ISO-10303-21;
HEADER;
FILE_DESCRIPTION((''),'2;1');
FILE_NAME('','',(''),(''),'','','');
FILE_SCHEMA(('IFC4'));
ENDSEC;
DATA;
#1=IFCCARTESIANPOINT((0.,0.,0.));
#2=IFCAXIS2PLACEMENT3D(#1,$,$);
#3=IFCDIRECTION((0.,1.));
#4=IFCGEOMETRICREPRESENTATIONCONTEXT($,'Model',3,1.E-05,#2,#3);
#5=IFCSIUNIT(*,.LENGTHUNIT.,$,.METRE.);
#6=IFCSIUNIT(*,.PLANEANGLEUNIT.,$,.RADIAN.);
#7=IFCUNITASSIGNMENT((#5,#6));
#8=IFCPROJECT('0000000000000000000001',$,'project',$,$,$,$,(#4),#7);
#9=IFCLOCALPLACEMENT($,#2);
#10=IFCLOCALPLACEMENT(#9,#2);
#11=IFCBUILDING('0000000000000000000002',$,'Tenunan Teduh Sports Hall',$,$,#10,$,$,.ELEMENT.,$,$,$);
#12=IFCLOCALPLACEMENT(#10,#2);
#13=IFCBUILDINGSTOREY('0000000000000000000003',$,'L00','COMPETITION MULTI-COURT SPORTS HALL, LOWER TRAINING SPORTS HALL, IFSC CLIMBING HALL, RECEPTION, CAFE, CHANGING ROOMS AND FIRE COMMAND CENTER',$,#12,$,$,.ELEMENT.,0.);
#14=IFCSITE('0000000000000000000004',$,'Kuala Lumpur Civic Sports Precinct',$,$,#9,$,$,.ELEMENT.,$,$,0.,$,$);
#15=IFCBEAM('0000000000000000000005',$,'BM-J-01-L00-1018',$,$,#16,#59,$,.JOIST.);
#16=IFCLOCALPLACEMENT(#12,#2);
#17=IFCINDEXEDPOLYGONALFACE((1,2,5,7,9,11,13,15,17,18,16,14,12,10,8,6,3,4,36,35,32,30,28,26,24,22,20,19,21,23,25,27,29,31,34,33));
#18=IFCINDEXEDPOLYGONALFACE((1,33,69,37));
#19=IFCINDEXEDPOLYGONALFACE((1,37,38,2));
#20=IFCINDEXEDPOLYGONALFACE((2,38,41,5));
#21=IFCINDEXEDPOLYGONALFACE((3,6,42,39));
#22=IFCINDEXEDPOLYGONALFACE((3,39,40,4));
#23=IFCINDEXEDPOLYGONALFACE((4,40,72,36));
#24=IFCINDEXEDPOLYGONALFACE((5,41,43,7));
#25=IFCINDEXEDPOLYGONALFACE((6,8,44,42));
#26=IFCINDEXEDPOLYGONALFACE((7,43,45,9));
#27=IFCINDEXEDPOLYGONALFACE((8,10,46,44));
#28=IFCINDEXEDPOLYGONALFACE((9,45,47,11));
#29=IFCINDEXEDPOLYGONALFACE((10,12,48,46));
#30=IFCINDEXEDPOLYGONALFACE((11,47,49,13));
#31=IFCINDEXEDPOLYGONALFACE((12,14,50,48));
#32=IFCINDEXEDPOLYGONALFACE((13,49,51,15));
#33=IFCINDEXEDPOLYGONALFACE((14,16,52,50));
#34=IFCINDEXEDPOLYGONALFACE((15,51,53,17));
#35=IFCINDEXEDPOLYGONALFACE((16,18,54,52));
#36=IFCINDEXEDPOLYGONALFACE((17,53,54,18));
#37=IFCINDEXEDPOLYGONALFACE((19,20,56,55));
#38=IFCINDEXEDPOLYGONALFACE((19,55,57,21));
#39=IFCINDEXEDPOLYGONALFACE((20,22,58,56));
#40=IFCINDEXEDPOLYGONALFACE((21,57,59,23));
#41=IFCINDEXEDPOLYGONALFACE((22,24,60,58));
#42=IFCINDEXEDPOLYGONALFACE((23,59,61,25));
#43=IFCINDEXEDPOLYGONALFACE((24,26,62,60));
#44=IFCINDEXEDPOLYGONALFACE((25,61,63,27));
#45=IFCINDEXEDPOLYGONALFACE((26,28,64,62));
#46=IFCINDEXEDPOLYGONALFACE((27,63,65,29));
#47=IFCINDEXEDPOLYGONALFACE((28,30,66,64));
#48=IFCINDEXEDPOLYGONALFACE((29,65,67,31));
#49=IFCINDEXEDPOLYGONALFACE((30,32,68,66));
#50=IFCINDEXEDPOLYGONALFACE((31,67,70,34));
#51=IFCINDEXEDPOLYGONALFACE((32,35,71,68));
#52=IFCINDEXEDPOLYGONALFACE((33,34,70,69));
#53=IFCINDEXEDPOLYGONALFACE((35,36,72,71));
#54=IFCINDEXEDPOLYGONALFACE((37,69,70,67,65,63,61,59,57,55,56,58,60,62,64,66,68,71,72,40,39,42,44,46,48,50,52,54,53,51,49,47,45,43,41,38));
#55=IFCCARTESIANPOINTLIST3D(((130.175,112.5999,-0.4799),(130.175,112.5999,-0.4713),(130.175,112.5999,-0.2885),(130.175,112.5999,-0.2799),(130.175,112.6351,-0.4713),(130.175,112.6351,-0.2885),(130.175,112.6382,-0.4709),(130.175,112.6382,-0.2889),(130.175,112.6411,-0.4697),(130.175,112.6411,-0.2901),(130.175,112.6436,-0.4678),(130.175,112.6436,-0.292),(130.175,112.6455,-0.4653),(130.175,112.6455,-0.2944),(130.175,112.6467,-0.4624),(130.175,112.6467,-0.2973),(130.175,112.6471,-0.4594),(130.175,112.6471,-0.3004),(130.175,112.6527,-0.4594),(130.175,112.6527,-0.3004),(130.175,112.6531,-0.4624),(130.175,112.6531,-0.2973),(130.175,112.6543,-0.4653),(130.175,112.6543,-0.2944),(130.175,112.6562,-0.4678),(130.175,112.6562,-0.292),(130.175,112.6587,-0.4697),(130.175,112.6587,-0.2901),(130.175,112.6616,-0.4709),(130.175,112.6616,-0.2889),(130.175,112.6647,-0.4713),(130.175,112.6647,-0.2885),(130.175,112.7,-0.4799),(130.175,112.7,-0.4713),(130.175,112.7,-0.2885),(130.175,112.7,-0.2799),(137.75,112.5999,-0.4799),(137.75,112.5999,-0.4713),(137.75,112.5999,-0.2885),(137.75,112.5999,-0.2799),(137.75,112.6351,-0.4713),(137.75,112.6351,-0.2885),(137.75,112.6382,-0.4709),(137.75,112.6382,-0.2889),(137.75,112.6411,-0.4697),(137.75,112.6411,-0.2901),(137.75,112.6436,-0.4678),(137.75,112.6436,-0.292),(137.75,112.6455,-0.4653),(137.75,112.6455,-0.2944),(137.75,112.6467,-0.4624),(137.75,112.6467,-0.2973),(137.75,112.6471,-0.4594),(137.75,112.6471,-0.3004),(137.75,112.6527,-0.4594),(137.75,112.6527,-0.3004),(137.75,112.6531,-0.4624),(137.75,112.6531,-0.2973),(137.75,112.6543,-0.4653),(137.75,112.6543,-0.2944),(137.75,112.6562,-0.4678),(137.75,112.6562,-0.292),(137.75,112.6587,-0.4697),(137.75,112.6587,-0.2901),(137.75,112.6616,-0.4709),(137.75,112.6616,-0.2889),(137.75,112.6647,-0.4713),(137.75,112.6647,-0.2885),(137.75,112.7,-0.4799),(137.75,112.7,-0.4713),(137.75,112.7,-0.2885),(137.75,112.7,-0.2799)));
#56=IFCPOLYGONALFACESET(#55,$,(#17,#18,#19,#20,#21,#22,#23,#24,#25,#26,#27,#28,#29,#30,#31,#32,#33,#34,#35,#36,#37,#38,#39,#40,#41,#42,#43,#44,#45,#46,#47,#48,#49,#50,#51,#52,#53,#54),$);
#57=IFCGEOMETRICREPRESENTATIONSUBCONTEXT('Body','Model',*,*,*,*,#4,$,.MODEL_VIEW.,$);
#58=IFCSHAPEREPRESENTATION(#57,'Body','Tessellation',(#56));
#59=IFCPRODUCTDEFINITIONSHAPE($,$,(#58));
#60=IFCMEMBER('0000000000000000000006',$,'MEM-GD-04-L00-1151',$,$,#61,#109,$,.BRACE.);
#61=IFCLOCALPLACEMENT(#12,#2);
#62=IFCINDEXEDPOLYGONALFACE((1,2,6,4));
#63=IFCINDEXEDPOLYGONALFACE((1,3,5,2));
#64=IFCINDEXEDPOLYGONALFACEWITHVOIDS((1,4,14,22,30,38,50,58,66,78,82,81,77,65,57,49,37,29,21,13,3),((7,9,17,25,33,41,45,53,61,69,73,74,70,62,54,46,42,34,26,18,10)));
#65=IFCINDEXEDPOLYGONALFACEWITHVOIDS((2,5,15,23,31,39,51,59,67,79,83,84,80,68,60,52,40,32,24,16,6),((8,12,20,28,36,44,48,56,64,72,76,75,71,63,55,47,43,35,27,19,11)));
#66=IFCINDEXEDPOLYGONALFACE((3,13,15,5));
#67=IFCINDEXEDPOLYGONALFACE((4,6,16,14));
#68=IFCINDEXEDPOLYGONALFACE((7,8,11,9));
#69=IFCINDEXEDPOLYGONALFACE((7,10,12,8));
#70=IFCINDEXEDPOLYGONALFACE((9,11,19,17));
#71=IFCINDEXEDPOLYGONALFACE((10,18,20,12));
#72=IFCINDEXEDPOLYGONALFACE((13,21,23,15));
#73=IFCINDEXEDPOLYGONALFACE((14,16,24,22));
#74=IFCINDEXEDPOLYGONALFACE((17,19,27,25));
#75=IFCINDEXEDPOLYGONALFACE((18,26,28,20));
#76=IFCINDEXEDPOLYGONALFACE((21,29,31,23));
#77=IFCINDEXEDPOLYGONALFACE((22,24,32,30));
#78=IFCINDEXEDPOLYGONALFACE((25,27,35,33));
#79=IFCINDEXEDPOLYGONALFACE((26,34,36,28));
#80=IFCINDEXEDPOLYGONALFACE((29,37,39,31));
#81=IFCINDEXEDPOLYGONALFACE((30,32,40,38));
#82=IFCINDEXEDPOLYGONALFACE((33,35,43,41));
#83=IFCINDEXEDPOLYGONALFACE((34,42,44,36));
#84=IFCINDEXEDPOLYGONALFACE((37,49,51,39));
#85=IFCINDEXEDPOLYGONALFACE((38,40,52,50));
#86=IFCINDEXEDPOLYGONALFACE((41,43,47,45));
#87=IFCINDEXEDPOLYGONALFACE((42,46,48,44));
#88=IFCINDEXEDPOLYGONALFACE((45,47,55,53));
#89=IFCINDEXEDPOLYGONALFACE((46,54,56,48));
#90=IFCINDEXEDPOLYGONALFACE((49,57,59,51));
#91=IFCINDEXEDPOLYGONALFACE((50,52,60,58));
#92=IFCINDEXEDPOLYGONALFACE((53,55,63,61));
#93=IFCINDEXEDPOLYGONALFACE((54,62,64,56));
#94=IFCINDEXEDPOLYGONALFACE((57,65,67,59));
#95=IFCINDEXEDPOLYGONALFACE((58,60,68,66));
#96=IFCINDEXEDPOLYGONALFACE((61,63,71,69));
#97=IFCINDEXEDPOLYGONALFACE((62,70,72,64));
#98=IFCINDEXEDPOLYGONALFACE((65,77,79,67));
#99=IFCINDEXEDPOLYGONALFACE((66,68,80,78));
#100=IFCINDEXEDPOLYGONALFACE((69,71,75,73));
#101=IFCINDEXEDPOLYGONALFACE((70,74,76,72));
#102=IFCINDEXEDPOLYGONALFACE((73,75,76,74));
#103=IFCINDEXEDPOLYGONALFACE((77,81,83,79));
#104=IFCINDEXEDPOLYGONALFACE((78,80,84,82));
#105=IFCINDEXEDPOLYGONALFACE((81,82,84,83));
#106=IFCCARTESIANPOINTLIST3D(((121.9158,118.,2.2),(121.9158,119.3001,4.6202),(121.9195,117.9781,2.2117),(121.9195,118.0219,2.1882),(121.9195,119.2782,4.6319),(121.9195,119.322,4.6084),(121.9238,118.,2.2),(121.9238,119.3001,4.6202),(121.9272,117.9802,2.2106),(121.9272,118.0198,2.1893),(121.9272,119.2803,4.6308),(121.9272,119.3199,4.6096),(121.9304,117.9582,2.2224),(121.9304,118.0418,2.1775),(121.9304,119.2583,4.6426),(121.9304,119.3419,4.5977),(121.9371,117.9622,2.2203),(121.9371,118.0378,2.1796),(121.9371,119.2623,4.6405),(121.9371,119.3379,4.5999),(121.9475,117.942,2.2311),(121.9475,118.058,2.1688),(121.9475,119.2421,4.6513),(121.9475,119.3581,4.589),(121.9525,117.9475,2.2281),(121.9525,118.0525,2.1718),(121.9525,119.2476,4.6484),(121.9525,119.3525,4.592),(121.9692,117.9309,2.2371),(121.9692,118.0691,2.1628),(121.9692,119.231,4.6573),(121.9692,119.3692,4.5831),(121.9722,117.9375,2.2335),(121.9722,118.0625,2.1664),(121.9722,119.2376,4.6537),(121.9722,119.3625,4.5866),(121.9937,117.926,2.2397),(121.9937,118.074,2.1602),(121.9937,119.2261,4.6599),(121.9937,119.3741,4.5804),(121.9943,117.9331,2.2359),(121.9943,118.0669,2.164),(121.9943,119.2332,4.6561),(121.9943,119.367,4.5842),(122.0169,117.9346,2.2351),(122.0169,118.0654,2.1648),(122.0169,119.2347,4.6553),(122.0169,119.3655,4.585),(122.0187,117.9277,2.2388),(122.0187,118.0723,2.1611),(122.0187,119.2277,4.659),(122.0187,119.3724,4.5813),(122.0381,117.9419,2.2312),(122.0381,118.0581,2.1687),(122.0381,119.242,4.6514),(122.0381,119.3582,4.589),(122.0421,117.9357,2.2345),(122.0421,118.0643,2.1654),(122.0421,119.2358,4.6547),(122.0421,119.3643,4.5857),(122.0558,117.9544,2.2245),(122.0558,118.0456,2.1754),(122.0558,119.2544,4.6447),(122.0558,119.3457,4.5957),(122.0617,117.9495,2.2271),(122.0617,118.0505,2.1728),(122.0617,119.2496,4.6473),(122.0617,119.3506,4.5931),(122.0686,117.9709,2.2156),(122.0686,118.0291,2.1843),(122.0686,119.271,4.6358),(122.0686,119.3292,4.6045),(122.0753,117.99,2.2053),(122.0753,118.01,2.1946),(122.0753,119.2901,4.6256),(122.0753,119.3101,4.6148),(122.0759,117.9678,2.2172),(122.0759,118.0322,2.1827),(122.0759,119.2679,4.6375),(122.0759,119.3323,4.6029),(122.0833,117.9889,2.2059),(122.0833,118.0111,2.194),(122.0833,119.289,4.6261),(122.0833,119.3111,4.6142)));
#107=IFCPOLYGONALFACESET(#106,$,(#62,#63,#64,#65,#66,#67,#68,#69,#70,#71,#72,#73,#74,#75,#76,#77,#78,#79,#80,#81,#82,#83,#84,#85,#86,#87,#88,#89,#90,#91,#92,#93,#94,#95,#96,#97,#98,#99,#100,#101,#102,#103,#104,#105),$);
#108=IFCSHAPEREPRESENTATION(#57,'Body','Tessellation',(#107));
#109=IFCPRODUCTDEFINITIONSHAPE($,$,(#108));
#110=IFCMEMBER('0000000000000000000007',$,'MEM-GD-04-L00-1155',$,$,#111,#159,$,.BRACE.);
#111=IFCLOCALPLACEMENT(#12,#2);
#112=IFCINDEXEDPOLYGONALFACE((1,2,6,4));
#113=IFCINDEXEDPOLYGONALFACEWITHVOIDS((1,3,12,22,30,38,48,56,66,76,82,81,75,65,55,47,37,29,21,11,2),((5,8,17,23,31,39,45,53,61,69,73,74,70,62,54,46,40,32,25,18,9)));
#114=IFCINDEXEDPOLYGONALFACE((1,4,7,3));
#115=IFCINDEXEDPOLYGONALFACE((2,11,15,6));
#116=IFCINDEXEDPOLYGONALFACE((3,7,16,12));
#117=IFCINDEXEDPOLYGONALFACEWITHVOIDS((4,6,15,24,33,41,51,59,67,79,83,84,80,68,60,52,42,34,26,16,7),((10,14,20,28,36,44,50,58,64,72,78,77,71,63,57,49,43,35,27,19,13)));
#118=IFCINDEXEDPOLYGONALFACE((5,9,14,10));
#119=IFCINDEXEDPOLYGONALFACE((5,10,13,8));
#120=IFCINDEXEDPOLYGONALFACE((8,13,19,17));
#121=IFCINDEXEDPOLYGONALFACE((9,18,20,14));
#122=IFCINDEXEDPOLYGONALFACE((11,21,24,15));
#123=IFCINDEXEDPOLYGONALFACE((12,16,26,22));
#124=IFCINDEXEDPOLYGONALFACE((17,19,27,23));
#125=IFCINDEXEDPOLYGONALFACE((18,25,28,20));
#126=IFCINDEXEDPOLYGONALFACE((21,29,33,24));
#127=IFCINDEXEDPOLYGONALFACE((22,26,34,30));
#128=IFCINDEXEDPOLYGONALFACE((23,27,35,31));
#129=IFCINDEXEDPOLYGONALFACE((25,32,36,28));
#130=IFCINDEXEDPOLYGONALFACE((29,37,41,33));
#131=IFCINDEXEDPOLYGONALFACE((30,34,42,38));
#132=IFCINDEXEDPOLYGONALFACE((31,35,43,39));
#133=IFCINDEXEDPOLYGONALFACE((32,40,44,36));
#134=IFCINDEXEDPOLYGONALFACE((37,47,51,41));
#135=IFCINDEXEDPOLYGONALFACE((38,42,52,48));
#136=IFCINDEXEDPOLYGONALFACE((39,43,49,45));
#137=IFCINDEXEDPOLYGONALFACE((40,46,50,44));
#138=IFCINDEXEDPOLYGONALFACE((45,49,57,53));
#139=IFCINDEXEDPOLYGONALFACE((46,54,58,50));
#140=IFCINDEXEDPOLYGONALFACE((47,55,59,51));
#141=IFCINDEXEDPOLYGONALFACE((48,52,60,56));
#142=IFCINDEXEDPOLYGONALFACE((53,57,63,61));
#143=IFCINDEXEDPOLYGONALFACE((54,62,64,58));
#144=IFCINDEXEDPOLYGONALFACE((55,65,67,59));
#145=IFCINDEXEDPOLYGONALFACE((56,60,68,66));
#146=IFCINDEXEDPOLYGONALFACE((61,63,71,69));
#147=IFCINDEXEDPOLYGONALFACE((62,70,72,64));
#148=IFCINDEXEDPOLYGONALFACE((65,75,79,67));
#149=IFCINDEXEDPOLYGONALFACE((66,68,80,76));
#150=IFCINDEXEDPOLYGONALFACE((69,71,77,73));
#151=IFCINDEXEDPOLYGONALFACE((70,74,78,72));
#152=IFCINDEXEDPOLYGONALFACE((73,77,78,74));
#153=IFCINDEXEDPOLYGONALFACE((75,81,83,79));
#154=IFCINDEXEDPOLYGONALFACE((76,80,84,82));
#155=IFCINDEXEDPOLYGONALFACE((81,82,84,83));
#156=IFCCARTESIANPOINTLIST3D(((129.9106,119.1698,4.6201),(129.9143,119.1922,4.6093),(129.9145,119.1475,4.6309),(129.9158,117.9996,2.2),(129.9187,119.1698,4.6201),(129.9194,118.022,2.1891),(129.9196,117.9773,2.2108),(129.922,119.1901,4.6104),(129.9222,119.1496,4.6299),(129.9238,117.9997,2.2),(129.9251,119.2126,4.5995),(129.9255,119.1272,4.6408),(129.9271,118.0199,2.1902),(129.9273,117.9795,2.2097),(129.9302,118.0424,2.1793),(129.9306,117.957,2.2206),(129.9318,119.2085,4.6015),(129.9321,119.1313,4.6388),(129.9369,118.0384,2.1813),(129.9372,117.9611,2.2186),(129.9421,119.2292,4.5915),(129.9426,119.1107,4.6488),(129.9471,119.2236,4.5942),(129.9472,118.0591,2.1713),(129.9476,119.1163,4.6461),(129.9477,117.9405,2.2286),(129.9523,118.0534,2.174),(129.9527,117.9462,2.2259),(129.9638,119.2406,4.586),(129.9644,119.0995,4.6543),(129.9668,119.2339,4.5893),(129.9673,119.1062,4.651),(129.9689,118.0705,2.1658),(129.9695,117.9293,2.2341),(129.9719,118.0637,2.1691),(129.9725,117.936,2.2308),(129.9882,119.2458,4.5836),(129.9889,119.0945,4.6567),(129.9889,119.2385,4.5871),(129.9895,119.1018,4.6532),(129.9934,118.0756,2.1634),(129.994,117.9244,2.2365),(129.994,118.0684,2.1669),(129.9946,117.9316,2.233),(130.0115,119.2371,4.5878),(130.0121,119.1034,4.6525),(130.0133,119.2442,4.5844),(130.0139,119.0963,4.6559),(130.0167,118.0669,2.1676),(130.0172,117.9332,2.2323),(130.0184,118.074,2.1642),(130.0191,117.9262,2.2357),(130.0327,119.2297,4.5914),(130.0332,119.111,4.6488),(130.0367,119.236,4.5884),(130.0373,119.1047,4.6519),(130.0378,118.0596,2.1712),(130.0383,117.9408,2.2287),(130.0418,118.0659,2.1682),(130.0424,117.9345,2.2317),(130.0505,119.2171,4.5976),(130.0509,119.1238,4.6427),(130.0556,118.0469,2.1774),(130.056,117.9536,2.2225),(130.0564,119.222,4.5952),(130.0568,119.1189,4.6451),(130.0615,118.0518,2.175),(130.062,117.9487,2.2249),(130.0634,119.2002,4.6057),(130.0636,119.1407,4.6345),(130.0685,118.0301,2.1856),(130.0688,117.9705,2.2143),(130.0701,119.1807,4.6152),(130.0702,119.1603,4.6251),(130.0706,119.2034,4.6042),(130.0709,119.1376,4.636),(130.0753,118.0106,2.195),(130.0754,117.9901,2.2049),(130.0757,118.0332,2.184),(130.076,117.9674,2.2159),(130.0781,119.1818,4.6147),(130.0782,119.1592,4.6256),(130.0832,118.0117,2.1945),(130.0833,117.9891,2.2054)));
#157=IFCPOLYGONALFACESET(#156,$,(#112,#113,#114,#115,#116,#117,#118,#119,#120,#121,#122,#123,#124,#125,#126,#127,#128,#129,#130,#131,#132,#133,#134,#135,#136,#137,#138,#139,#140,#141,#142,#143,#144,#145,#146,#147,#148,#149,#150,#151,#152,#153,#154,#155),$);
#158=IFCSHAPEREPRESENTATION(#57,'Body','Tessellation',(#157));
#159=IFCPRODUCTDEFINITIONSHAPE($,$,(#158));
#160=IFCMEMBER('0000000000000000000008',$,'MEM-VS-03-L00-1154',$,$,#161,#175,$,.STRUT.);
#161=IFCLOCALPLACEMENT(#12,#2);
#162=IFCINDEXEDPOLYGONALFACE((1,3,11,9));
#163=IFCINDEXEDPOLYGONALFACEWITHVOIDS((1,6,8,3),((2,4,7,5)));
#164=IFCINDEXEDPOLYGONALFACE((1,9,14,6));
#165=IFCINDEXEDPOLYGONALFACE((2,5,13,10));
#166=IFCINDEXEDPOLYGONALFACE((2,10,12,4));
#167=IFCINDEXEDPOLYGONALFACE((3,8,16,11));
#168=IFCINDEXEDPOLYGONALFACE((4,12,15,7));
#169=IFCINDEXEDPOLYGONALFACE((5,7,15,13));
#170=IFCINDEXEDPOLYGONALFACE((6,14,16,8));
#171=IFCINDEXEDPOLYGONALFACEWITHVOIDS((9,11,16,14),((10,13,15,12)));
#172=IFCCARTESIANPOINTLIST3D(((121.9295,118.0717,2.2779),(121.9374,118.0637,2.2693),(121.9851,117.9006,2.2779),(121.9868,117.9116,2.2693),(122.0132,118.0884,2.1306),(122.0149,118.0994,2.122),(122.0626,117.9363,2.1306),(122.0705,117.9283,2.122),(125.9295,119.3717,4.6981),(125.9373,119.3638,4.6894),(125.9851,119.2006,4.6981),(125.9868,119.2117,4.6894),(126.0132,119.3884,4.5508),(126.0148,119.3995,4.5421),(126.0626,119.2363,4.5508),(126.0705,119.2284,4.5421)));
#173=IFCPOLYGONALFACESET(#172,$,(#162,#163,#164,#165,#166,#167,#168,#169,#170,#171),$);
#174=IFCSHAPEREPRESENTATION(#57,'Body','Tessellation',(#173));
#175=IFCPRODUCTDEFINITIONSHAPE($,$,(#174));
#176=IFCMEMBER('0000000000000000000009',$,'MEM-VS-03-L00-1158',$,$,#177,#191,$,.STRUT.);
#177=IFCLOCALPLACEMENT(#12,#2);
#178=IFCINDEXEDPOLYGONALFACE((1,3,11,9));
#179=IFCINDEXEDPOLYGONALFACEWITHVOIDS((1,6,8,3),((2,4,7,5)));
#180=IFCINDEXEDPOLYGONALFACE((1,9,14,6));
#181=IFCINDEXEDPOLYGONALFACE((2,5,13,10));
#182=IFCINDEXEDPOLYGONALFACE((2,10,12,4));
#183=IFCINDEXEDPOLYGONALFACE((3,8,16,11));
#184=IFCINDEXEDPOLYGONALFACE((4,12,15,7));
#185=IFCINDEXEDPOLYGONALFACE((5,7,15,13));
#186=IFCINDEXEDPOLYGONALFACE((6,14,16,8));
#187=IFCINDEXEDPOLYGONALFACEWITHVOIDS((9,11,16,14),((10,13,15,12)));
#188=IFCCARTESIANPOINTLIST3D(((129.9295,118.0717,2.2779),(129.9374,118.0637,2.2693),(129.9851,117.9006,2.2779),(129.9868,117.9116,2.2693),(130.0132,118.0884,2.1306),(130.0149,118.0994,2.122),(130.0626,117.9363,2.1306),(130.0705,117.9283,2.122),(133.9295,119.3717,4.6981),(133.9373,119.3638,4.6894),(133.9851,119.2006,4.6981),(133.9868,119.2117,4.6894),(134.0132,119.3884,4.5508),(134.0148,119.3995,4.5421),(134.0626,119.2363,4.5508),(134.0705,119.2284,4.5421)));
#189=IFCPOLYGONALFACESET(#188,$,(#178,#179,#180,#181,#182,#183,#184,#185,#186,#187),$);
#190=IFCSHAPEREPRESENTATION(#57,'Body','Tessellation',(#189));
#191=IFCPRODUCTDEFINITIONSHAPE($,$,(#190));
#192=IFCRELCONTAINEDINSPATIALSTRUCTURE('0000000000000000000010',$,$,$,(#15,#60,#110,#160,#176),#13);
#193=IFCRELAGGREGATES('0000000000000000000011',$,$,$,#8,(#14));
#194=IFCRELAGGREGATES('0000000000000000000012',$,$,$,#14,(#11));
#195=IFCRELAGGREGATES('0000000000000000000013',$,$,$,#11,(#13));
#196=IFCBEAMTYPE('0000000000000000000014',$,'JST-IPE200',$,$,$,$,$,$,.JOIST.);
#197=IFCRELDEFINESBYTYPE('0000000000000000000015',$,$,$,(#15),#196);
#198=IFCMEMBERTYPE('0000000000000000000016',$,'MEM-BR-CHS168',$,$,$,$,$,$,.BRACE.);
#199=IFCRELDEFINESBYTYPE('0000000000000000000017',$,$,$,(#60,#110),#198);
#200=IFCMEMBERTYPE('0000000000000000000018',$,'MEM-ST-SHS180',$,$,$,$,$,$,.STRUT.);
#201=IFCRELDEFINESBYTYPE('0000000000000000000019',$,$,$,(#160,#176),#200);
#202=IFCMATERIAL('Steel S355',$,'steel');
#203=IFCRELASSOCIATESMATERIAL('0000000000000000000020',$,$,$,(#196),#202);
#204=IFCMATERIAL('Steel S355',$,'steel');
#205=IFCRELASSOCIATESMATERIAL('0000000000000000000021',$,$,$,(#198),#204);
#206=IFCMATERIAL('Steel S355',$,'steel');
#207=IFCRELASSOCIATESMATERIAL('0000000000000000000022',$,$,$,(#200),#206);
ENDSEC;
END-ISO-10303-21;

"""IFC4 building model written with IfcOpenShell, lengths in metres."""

from ifc_helpers import new_model, si_unit, direction, frame, origin, origin_2d, place, context, subcontext, project, spatial, hollow_rectangle, hollow_circle, i_section, extrude, material, material_profile, profile_set, type_object, element, save


model = new_model("IFC4")

# Units and contexts
model_context = context("Model", 3, precision=1e-05, world=origin(), true_north=direction((0.0, 1.0)))
body_context = subcontext(model_context, "Body", "Model", "MODEL_VIEW")
ifc_project = project(units=[si_unit("LENGTHUNIT", "METRE"), si_unit("PLANEANGLEUNIT", "RADIAN")], contexts=[model_context])

# Site, building, storey
site_placement = place(None, origin())
site = spatial("IfcSite", under=ifc_project, at=site_placement, Name="Kuala Lumpur Civic Sports Precinct", CompositionType="ELEMENT", RefElevation=0.0)
building_placement = place(site_placement, origin())
building = spatial("IfcBuilding", under=site, at=building_placement, Name="Tenunan Teduh Sports Hall", CompositionType="ELEMENT")
storey_placement = place(building_placement, origin())
storey = spatial("IfcBuildingStorey", under=building, at=storey_placement, Name="L00", Description="COMPETITION MULTI-COURT SPORTS HALL, LOWER TRAINING SPORTS HALL, IFSC CLIMBING HALL, RECEPTION, CAFE, CHANGING ROOMS AND FIRE COMMAND CENTER", CompositionType="ELEMENT", Elevation=0.0)

# Beam
ifc_material_1 = material(Name="Steel S355", Category="steel")
ifc_material_profile_1 = material_profile(ifc_material_1, i_section(OverallWidth=0.1001, OverallDepth=0.2, WebThickness=0.0056, FlangeThickness=0.0085, FilletRadius=0.012, at=origin_2d()), Name="IPE 200")
ifc_profile_set_1 = profile_set([ifc_material_profile_1], Name="Steel S355")
beam_type_1 = type_object("IfcBeamType", Name="JST-IPE200", PredefinedType="JOIST", material=ifc_profile_set_1)
beam_1_placement = place(storey_placement, frame((130.175, 112.6499, -0.3799), z_axis=(1.0, 0.0, 0.0), x_axis=(0.0, 1.0, 0.0)))
element("IfcBeam", 1, at=beam_1_placement, inside=storey, type_object=beam_type_1, Name="BM-J-01-L00-1018", PredefinedType="JOIST", context=body_context, shape_type="SweptSolid", body=[
    extrude(i_section(OverallWidth=0.1001, OverallDepth=0.2, WebThickness=0.0056, FlangeThickness=0.0085, FilletRadius=0.012, at=origin_2d()), origin(), (0.0, 0.0, 1.0), 7.575),
])

# Members
ifc_material_2 = material(Name="Steel S355", Category="steel")
ifc_material_profile_2 = material_profile(ifc_material_2, hollow_circle(Radius=0.0842, WallThickness=0.0081, at=origin_2d()), Name="CHS 168.3x8.0")
ifc_profile_set_2 = profile_set([ifc_material_profile_2], Name="Steel S355")
member_type_1 = type_object("IfcMemberType", Name="MEM-BR-CHS168", PredefinedType="BRACE", material=ifc_profile_set_2)
member_1_placement = place(storey_placement, frame((122.0, 118.0, 2.2), z_axis=(0.0, 0.47322, 0.880944), x_axis=(-1.0, 0.0, 0.0)))
element("IfcMember", 2, at=member_1_placement, inside=storey, type_object=member_type_1, Name="MEM-GD-04-L00-1151", PredefinedType="BRACE", context=body_context, shape_type="SweptSolid", body=[
    extrude(hollow_circle(Radius=0.0842, WallThickness=0.0081, at=origin_2d()), origin(), (0.0, 0.0, 1.0), 2.7473),
])
member_2_placement = place(storey_placement, frame((130.0, 118.0, 2.2), z_axis=(-0.001907, 0.435294, 0.900286), x_axis=(-0.99999, -0.004381, 0.0)))
element("IfcMember", 3, at=member_2_placement, inside=storey, type_object=member_type_1, Name="MEM-GD-04-L00-1155", PredefinedType="BRACE", context=body_context, shape_type="SweptSolid", body=[
    extrude(hollow_circle(Radius=0.0842, WallThickness=0.0081, at=origin_2d()), origin(), (0.0, 0.0, 1.0), 2.6882),
])
ifc_material_3 = material(Name="Steel S355", Category="steel")
ifc_material_profile_3 = material_profile(ifc_material_3, hollow_rectangle(XDim=0.1799, YDim=0.1799, WallThickness=0.01, at=origin_2d()), Name="SHS 180x180x10.0")
ifc_profile_set_3 = profile_set([ifc_material_profile_3], Name="Steel S355")
member_type_2 = type_object("IfcMemberType", Name="MEM-ST-SHS180", PredefinedType="STRUT", material=ifc_profile_set_3)
for number, where, z_axis, x_axis, name in (
    (4, (122.0, 118.0, 2.2), (0.824307, 0.26791, 0.49874), (-0.309097, 0.951031, 0.0), "MEM-VS-03-L00-1154"),
    (5, (130.0, 118.0, 2.2), (0.824307, 0.26791, 0.49874), (-0.309097, 0.951031, 0.0), "MEM-VS-03-L00-1158"),
):
    element("IfcMember", number, at=place(storey_placement, frame(where, z_axis=z_axis, x_axis=x_axis)), inside=storey, type_object=member_type_2, Name=name, PredefinedType="STRUT", context=body_context, shape_type="SweptSolid", body=[
        extrude(hollow_rectangle(XDim=0.1799, YDim=0.1799, WallThickness=0.01, at=origin_2d()), origin(), (0.0, 0.0, 1.0), 4.8525),
    ])

save(model, "model.ifc")
